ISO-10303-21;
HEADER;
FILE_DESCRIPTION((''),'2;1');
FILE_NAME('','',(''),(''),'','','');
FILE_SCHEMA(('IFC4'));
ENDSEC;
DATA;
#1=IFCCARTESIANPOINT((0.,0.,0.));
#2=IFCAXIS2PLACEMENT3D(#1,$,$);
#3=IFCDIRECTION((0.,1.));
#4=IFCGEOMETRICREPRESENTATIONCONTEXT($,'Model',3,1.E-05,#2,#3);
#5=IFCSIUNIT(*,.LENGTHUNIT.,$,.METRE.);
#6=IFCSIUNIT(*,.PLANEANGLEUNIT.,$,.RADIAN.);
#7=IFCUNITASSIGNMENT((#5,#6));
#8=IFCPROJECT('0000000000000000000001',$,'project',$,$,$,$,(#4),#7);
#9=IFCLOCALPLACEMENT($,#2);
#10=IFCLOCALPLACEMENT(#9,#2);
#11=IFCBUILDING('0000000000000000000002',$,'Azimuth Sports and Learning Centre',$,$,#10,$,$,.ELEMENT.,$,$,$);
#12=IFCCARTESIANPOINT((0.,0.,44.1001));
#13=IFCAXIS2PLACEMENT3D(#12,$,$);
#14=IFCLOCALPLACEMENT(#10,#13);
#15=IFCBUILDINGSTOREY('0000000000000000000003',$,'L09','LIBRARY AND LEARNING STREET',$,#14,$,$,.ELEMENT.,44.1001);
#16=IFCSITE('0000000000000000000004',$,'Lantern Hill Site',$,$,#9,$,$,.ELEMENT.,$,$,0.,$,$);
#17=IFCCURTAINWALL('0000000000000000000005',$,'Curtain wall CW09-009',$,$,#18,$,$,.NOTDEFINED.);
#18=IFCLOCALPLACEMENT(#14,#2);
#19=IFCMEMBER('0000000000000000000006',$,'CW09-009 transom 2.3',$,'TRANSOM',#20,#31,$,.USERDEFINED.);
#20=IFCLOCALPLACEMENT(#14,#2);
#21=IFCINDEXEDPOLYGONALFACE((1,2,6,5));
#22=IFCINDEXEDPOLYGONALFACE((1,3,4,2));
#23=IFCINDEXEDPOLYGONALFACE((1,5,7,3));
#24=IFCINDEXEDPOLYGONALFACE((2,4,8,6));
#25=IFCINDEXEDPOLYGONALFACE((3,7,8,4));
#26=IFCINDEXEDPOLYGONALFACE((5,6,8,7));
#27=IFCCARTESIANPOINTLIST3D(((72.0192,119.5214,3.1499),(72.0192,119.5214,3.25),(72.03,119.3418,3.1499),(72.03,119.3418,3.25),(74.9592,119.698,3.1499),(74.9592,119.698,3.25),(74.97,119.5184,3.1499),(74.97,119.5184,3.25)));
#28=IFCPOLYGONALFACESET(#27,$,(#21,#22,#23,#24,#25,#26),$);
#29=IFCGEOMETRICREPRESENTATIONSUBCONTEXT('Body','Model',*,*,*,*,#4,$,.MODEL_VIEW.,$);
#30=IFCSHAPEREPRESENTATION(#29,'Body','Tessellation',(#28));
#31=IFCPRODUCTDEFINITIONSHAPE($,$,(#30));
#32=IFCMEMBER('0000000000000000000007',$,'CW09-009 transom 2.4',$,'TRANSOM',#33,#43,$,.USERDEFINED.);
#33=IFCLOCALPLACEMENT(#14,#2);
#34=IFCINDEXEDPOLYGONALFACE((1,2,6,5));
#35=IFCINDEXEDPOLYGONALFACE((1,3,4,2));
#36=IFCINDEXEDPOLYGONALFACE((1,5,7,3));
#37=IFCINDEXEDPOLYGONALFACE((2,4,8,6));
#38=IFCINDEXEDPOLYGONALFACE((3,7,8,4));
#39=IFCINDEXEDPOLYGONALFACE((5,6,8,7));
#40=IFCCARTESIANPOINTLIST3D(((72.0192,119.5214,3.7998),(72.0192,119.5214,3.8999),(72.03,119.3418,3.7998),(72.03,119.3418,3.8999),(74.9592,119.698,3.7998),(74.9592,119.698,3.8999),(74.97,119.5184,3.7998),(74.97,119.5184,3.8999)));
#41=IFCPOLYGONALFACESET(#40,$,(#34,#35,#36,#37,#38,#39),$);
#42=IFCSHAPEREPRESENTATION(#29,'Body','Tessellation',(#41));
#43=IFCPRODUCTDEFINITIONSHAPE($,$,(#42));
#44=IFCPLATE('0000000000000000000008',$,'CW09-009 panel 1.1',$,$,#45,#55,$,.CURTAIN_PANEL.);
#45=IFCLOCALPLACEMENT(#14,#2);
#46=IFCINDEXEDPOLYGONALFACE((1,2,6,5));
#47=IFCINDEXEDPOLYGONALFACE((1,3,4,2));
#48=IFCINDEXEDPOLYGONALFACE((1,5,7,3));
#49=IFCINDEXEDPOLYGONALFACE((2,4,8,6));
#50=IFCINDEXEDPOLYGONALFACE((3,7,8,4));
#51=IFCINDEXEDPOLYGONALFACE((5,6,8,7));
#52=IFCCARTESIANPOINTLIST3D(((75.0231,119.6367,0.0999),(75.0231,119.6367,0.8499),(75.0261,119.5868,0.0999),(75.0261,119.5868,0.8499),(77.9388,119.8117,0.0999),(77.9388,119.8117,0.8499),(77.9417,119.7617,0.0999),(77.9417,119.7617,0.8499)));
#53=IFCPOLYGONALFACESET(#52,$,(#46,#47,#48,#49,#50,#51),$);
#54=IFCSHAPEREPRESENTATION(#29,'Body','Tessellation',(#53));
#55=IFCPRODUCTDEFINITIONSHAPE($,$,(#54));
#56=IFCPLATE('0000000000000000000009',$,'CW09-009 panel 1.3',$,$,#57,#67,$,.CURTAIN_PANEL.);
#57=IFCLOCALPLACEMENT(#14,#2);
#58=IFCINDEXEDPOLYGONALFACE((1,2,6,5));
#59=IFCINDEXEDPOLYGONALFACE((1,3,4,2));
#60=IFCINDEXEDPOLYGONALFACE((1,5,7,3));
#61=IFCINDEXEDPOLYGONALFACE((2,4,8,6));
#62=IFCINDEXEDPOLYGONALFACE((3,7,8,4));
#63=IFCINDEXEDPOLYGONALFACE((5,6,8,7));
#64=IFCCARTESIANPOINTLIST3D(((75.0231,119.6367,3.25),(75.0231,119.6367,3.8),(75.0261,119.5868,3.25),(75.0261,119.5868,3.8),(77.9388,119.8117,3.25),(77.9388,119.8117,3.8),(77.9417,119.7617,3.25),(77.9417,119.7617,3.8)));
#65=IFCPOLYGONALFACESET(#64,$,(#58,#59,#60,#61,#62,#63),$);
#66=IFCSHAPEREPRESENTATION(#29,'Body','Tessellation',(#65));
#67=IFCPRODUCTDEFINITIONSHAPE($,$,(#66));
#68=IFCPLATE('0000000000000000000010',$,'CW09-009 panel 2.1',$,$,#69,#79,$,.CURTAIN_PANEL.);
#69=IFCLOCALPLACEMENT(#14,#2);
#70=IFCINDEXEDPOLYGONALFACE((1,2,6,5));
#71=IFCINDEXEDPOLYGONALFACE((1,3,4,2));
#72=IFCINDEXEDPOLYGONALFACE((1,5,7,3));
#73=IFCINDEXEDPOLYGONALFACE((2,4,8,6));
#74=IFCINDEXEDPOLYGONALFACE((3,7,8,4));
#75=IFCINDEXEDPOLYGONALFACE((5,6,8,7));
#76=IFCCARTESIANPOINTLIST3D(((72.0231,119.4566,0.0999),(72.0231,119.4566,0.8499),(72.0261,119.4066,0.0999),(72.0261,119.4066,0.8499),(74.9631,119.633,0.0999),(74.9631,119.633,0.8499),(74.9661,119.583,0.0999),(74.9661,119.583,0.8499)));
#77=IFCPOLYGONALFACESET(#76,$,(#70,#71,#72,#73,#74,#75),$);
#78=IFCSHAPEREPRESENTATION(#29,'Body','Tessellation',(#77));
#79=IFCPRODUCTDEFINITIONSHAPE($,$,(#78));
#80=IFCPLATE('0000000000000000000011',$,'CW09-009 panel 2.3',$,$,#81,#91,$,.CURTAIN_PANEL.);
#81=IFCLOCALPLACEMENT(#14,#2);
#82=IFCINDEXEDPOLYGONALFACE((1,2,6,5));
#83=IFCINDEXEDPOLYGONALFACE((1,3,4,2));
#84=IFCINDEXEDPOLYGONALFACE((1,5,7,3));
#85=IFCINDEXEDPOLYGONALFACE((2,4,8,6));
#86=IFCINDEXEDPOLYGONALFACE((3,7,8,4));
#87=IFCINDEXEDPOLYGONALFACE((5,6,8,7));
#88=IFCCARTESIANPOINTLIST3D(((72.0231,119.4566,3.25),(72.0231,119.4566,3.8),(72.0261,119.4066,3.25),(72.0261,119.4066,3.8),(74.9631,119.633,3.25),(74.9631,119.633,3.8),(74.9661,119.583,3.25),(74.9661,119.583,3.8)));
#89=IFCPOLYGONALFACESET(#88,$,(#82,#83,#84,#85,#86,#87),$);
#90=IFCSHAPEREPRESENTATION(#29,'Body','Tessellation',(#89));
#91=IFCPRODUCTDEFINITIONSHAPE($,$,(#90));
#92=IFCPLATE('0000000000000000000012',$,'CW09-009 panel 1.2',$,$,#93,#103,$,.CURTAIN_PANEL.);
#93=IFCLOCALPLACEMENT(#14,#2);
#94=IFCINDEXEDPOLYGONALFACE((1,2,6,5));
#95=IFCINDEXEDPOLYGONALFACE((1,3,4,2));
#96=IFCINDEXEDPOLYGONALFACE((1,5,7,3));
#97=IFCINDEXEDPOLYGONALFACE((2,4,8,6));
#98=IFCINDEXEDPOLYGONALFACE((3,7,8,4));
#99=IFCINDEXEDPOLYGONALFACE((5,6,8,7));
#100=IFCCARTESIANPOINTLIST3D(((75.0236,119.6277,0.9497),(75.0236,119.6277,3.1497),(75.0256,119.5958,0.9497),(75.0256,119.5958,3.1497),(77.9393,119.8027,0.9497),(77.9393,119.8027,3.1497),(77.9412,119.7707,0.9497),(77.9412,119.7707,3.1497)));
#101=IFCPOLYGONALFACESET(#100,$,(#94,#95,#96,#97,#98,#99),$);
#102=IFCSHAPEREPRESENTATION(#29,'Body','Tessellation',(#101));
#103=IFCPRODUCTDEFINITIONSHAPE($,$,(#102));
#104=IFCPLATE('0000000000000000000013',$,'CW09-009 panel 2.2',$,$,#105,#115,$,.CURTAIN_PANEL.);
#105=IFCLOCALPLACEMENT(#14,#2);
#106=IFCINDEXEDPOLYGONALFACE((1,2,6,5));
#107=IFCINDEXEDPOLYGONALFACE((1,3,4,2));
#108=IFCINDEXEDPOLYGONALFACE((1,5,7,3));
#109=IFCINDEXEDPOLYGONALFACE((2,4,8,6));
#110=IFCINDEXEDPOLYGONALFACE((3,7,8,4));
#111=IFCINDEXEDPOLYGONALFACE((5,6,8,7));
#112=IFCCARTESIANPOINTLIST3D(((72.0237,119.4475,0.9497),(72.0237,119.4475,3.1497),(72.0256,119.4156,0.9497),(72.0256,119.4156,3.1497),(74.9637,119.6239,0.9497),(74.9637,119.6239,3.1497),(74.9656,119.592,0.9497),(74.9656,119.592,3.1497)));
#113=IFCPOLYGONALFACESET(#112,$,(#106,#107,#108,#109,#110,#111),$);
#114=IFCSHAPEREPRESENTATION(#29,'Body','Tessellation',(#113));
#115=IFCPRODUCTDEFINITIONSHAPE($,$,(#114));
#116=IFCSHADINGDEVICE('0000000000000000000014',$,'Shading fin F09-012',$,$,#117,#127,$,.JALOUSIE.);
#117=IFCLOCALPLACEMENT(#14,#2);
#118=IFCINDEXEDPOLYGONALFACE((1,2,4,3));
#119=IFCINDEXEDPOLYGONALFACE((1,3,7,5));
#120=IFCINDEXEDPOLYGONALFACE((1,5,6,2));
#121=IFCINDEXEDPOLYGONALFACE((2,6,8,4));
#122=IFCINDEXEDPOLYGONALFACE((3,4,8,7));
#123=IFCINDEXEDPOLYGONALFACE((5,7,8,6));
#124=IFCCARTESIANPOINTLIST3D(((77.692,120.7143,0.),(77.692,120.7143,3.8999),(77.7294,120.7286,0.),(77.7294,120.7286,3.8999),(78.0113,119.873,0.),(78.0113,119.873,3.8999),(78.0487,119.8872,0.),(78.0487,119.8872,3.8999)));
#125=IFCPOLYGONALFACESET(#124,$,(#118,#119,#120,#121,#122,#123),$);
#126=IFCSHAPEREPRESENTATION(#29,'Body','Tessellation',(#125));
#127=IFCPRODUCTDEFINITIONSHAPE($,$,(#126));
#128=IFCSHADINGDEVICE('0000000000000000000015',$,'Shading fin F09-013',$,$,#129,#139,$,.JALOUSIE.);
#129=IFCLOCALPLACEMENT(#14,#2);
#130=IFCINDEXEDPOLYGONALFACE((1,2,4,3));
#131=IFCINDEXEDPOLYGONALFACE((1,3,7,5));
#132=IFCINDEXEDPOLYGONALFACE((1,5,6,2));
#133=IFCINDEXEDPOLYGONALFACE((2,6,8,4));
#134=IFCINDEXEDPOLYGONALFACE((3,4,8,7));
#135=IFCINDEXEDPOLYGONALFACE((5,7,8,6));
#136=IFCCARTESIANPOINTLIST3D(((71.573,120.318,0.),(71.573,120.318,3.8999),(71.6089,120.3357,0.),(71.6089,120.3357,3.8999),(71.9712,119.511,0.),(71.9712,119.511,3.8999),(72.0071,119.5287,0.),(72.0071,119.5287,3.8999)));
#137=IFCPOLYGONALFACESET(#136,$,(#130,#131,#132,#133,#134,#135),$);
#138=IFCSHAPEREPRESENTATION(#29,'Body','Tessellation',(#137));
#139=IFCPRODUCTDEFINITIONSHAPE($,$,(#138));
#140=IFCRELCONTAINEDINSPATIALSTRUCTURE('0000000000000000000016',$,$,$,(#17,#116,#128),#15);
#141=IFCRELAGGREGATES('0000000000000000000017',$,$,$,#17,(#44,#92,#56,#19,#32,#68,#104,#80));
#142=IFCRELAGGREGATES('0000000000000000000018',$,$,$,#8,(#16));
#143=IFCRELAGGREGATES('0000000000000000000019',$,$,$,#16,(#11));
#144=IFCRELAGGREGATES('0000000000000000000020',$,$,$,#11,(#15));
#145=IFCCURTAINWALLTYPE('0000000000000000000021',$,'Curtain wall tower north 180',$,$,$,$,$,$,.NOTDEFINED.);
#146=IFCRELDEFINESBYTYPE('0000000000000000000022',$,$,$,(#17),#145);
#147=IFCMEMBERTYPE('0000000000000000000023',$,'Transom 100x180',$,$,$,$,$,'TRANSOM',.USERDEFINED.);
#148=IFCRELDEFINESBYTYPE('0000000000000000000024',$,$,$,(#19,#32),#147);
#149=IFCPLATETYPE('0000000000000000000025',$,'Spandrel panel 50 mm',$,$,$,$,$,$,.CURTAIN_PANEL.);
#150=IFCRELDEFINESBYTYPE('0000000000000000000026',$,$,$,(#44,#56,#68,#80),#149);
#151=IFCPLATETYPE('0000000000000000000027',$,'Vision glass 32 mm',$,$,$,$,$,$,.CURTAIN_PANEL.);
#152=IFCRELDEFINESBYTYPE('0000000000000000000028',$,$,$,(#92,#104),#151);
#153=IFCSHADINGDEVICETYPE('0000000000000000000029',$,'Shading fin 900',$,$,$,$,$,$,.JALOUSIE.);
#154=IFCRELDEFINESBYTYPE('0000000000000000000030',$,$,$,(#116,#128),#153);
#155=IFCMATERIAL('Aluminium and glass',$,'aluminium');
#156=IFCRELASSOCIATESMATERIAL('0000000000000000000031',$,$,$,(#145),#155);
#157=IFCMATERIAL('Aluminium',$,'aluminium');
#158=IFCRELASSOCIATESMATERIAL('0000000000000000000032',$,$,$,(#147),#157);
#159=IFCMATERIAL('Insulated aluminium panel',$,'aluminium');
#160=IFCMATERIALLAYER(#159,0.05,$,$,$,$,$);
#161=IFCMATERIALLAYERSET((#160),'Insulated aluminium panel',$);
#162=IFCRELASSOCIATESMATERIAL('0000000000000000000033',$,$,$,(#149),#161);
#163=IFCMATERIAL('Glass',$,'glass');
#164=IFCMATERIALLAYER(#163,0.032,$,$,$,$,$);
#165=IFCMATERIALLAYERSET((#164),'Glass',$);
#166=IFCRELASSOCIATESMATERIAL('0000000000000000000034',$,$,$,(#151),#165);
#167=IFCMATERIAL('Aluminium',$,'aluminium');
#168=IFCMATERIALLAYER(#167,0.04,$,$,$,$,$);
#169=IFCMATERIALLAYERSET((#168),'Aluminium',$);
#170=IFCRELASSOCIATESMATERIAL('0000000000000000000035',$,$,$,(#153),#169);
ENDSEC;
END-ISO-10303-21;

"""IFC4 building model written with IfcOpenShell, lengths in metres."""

from ifc_helpers import new_model, si_unit, direction, frame, origin, origin_2d, place, context, subcontext, project, spatial, rectangle, extrude, material, layer, layer_set, material_profile, profile_set, type_object, element, aggregate, save


model = new_model("IFC4")

# Units and contexts
model_context = context("Model", 3, precision=1e-05, world=origin(), true_north=direction((0.0, 1.0)))
body_context = subcontext(model_context, "Body", "Model", "MODEL_VIEW")
ifc_project = project(units=[si_unit("LENGTHUNIT", "METRE"), si_unit("PLANEANGLEUNIT", "RADIAN")], contexts=[model_context])

# Site, building, storey
site_placement = place(None, origin())
site = spatial("IfcSite", under=ifc_project, at=site_placement, Name="Lantern Hill Site", CompositionType="ELEMENT", RefElevation=0.0)
building_placement = place(site_placement, origin())
building = spatial("IfcBuilding", under=site, at=building_placement, Name="Azimuth Sports and Learning Centre", CompositionType="ELEMENT")
storey_placement = place(building_placement, frame((0.0, 0.0, 44.1001)))
storey = spatial("IfcBuildingStorey", under=building, at=storey_placement, Name="L09", Description="LIBRARY AND LEARNING STREET", CompositionType="ELEMENT", Elevation=44.1001)

# Shared definitions
ifc_material_1 = material(Name="Aluminium and glass", Category="aluminium")
curtain_wall_type = type_object("IfcCurtainWallType", Name="Curtain wall tower north 180", PredefinedType="NOTDEFINED", material=ifc_material_1)

# Curtain wall, members, plates
curtain_wall_1_placement = place(storey_placement, origin())
curtain_wall_1 = element("IfcCurtainWall", 1, at=curtain_wall_1_placement, inside=storey, type_object=curtain_wall_type, Name="Curtain wall CW09-009", PredefinedType="NOTDEFINED")
ifc_material_2 = material(Name="Aluminium", Category="aluminium")
ifc_material_profile_1 = material_profile(ifc_material_2, rectangle(XDim=0.1799, YDim=0.1001, at=origin_2d()), Name="Transom 100x180")
ifc_profile_set_1 = profile_set([ifc_material_profile_1], Name="Aluminium")
member_type_1 = type_object("IfcMemberType", Name="Transom 100x180", ElementType="TRANSOM", PredefinedType="USERDEFINED", material=ifc_profile_set_1)
member_1_placement = place(storey_placement, frame((74.9646, 119.6082, 3.2), z_axis=(-0.998202, -0.059932, 0.0), x_axis=(0.059932, -0.998202, 0.0)))
member_1 = element("IfcMember", 2, at=member_1_placement, type_object=member_type_1, Name="CW09-009 transom 2.3", ObjectType="TRANSOM", PredefinedType="USERDEFINED", context=body_context, shape_type="SweptSolid", body=[
    extrude(rectangle(XDim=0.1799, YDim=0.1001, at=origin_2d()), origin(), (0.0, 0.0, 1.0), 2.9453),
])
member_2_placement = place(storey_placement, frame((74.9646, 119.6082, 3.8499), z_axis=(-0.998202, -0.059932, 0.0), x_axis=(0.059932, -0.998202, 0.0)))
member_2 = element("IfcMember", 3, at=member_2_placement, type_object=member_type_1, Name="CW09-009 transom 2.4", ObjectType="TRANSOM", PredefinedType="USERDEFINED", context=body_context, shape_type="SweptSolid", body=[
    extrude(rectangle(XDim=0.1799, YDim=0.1001, at=origin_2d()), origin(), (0.0, 0.0, 1.0), 2.9453),
])
ifc_material_3 = material(Name="Insulated aluminium panel", Category="aluminium")
ifc_layer_1 = layer(ifc_material_3, 0.05)
ifc_layer_set_1 = layer_set([ifc_layer_1], Name="Insulated aluminium panel")
plate_type_1 = type_object("IfcPlateType", Name="Spandrel panel 50 mm", PredefinedType="CURTAIN_PANEL", material=ifc_layer_set_1)
plate_1_placement = place(storey_placement, frame((76.4824, 119.6992, 0.0999), z_axis=(0.0, 0.0, 1.0), x_axis=(-0.998205, -0.059892, 0.0)))
plate_1 = element("IfcPlate", 4, at=plate_1_placement, type_object=plate_type_1, Name="CW09-009 panel 1.1", PredefinedType="CURTAIN_PANEL", context=body_context, shape_type="SweptSolid", body=[
    extrude(rectangle(XDim=2.9209, YDim=0.05, at=origin_2d()), origin(), (0.0, 0.0, 1.0), 0.75),
])
plate_2_placement = place(storey_placement, frame((76.4824, 119.6992, 3.25), z_axis=(0.0, 0.0, 1.0), x_axis=(-0.998205, -0.059892, 0.0)))
plate_2 = element("IfcPlate", 5, at=plate_2_placement, type_object=plate_type_1, Name="CW09-009 panel 1.3", PredefinedType="CURTAIN_PANEL", context=body_context, shape_type="SweptSolid", body=[
    extrude(rectangle(XDim=2.9209, YDim=0.05, at=origin_2d()), origin(), (0.0, 0.0, 1.0), 0.55),
])
plate_3_placement = place(storey_placement, frame((73.4946, 119.5198, 0.0999), z_axis=(0.0, 0.0, 1.0), x_axis=(-0.998205, -0.059892, 0.0)))
plate_3 = element("IfcPlate", 6, at=plate_3_placement, type_object=plate_type_1, Name="CW09-009 panel 2.1", PredefinedType="CURTAIN_PANEL", context=body_context, shape_type="SweptSolid", body=[
    extrude(rectangle(XDim=2.9453, YDim=0.05, at=origin_2d()), origin(), (0.0, 0.0, 1.0), 0.75),
])
plate_4_placement = place(storey_placement, frame((73.4946, 119.5198, 3.25), z_axis=(0.0, 0.0, 1.0), x_axis=(-0.998205, -0.059892, 0.0)))
plate_4 = element("IfcPlate", 7, at=plate_4_placement, type_object=plate_type_1, Name="CW09-009 panel 2.3", PredefinedType="CURTAIN_PANEL", context=body_context, shape_type="SweptSolid", body=[
    extrude(rectangle(XDim=2.9453, YDim=0.05, at=origin_2d()), origin(), (0.0, 0.0, 1.0), 0.55),
])
ifc_material_4 = material(Name="Glass", Category="glass")
ifc_layer_2 = layer(ifc_material_4, 0.032)
ifc_layer_set_2 = layer_set([ifc_layer_2], Name="Glass")
plate_type_2 = type_object("IfcPlateType", Name="Vision glass 32 mm", PredefinedType="CURTAIN_PANEL", material=ifc_layer_set_2)
plate_5_placement = place(storey_placement, frame((76.4824, 119.6992, 0.9497), z_axis=(0.0, 0.0, 1.0), x_axis=(-0.998205, -0.059892, 0.0)))
plate_5 = element("IfcPlate", 8, at=plate_5_placement, type_object=plate_type_2, Name="CW09-009 panel 1.2", PredefinedType="CURTAIN_PANEL", context=body_context, shape_type="SweptSolid", body=[
    extrude(rectangle(XDim=2.9209, YDim=0.032, at=origin_2d()), origin(), (0.0, 0.0, 1.0), 2.2),
])
plate_6_placement = place(storey_placement, frame((73.4946, 119.5198, 0.9497), z_axis=(0.0, 0.0, 1.0), x_axis=(-0.998205, -0.059892, 0.0)))
plate_6 = element("IfcPlate", 9, at=plate_6_placement, type_object=plate_type_2, Name="CW09-009 panel 2.2", PredefinedType="CURTAIN_PANEL", context=body_context, shape_type="SweptSolid", body=[
    extrude(rectangle(XDim=2.9453, YDim=0.032, at=origin_2d()), origin(), (0.0, 0.0, 1.0), 2.2),
])
aggregate(curtain_wall_1, [plate_1, plate_5, plate_2, member_1, member_2, plate_3, plate_6, plate_4])

# Shading devices
ifc_material_5 = material(Name="Aluminium", Category="aluminium")
ifc_layer_3 = layer(ifc_material_5, 0.04)
ifc_layer_set_3 = layer_set([ifc_layer_3], Name="Aluminium")
shading_device_type = type_object("IfcShadingDeviceType", Name="Shading fin 900", PredefinedType="JALOUSIE", material=ifc_layer_set_3)
for number, where, z_axis, x_axis, name in (
    (10, (77.8704, 120.3008, 0.0), (0.0, 0.0, 1.0), (-0.354856, 0.934921, 0.0), "Shading fin F09-012"),
    (11, (71.79, 119.9233, 0.0), (0.0, 0.0, 1.0), (-0.442429, 0.896803, 0.0), "Shading fin F09-013"),
):
    element("IfcShadingDevice", number, at=place(storey_placement, frame(where, z_axis=z_axis, x_axis=x_axis)), inside=storey, type_object=shading_device_type, Name=name, PredefinedType="JALOUSIE", context=body_context, shape_type="SweptSolid", body=[
        extrude(rectangle(XDim=0.8999, YDim=0.04, at=origin_2d()), origin(), (0.0, 0.0, 1.0), 3.8999),
    ])

save(model, "model.ifc")
